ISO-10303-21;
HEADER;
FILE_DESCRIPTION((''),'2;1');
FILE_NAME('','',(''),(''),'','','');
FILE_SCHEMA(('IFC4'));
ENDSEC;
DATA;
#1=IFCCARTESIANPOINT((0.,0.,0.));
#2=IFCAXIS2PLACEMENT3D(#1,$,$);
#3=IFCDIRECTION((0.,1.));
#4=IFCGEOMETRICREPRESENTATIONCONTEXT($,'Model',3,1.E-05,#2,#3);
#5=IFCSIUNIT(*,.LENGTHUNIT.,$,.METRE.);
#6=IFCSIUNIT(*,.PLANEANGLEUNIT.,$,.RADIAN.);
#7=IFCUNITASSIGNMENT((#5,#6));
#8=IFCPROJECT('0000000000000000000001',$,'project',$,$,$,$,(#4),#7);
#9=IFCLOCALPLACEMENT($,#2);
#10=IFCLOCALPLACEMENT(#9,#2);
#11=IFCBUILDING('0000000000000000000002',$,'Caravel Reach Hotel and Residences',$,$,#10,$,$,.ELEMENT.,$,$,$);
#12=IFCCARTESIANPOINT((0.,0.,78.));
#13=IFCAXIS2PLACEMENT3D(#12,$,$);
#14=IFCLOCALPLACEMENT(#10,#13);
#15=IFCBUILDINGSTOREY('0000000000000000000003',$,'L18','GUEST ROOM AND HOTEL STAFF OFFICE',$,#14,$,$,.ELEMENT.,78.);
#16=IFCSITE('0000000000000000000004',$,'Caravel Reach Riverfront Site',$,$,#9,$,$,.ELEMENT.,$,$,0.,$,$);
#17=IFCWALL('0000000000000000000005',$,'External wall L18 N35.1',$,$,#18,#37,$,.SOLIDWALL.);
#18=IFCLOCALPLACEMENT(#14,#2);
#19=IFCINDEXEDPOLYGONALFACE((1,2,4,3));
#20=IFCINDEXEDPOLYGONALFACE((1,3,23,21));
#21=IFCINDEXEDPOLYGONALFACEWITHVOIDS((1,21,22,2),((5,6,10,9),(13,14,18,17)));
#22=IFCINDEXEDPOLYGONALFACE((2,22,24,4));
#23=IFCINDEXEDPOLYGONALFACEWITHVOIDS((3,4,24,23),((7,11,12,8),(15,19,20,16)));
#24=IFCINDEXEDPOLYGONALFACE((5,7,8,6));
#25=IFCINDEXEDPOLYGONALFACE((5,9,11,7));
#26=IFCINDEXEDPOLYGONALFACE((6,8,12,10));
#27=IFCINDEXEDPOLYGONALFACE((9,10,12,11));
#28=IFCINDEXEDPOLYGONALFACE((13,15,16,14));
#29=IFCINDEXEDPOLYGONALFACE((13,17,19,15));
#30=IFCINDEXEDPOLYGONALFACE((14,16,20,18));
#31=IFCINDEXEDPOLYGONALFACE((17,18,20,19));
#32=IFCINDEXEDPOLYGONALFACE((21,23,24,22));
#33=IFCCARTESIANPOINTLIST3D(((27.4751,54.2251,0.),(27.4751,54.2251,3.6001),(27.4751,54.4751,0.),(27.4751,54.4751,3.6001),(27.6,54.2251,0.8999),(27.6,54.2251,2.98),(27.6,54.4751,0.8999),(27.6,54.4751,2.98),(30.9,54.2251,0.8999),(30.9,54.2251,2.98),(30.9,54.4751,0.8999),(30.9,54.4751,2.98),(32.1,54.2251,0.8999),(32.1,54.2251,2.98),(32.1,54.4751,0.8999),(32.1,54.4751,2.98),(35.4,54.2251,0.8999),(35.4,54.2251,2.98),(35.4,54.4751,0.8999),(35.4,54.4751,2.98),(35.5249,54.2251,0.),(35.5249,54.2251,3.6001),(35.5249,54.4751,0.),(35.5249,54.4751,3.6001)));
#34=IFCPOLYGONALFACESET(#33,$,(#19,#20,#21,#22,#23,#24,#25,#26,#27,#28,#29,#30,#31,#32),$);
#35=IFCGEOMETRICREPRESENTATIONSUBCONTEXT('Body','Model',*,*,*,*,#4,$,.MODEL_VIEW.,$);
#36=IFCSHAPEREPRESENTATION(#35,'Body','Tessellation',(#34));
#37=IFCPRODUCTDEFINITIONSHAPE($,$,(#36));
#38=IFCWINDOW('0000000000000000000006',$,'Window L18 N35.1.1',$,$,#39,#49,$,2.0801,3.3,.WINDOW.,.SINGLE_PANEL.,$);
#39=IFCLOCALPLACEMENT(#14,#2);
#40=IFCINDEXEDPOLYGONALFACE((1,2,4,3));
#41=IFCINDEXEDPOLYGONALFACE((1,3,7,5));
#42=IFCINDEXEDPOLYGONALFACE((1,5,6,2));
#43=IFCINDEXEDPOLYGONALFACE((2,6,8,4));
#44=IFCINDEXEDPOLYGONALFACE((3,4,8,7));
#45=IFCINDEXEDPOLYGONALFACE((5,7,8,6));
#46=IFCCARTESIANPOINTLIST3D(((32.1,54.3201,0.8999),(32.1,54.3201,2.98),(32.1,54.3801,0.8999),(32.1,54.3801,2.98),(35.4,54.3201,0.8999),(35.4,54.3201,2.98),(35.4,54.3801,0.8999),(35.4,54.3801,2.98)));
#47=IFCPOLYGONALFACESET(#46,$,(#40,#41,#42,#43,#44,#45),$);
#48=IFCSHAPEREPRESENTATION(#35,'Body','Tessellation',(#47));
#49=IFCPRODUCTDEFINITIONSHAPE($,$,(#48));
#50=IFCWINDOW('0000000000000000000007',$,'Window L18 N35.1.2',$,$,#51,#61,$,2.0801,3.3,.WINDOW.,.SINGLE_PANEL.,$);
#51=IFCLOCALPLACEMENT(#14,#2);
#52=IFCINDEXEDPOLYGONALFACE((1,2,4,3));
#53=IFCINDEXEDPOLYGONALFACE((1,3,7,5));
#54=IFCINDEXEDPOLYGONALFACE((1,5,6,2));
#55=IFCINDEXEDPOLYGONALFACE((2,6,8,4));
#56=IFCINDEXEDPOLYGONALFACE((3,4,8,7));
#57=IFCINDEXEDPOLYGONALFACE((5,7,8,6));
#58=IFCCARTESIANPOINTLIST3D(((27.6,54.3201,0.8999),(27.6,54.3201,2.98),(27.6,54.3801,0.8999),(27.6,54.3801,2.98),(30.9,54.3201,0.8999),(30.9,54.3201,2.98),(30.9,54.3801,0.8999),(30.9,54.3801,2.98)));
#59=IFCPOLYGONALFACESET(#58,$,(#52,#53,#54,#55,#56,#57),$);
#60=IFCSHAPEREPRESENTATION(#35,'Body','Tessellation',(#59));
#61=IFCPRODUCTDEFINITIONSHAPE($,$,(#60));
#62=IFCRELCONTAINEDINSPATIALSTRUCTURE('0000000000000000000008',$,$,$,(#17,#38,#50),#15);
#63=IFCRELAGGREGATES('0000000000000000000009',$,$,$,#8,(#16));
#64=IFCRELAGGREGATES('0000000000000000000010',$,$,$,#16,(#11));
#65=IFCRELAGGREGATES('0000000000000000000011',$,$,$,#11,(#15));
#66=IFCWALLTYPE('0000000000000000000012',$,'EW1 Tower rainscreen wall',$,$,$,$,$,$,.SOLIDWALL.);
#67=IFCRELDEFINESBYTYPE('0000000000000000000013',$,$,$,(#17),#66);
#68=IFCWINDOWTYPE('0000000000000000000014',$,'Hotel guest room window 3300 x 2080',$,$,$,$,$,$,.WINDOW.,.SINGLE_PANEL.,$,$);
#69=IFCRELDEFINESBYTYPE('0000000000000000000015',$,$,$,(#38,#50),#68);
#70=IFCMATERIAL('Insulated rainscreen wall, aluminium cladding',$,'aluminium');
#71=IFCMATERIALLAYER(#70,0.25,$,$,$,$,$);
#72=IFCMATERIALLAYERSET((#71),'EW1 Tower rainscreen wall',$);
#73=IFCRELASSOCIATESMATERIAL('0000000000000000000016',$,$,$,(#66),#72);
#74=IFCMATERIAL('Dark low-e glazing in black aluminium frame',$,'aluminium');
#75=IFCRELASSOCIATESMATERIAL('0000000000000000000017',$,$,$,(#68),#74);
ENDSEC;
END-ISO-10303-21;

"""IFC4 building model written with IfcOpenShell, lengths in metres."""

from ifc_helpers import new_model, si_unit, direction, frame, frame_2d, origin, place, context, subcontext, project, spatial, rectangle, extrude, material, layer, layer_set, type_object, element, fill, save


model = new_model("IFC4")

# Units and contexts
model_context = context("Model", 3, precision=1e-05, world=origin(), true_north=direction((0.0, 1.0)))
body_context = subcontext(model_context, "Body", "Model", "MODEL_VIEW")
ifc_project = project(units=[si_unit("LENGTHUNIT", "METRE"), si_unit("PLANEANGLEUNIT", "RADIAN")], contexts=[model_context])

# Site, building, storey
site_placement = place(None, origin())
site = spatial("IfcSite", under=ifc_project, at=site_placement, Name="Caravel Reach Riverfront Site", CompositionType="ELEMENT", RefElevation=0.0)
building_placement = place(site_placement, origin())
building = spatial("IfcBuilding", under=site, at=building_placement, Name="Caravel Reach Hotel and Residences", CompositionType="ELEMENT")
storey_placement = place(building_placement, frame((0.0, 0.0, 78.0)))
storey = spatial("IfcBuildingStorey", under=building, at=storey_placement, Name="L18", Description="GUEST ROOM AND HOTEL STAFF OFFICE", CompositionType="ELEMENT", Elevation=78.0)

# Shared definitions
ifc_material_1 = material(Name="Insulated rainscreen wall, aluminium cladding", Category="aluminium")
ifc_layer = layer(ifc_material_1, 0.25)
ifc_layer_set = layer_set([ifc_layer], Name="EW1 Tower rainscreen wall")
wall_type = type_object("IfcWallType", Name="EW1 Tower rainscreen wall", PredefinedType="SOLIDWALL", material=ifc_layer_set)

# Wall, openings, windows
wall_1_placement = place(storey_placement, frame((35.5249, 54.3501, 0.0), z_axis=(0.0, 0.0, 1.0), x_axis=(-1.0, 0.0, 0.0)))
wall_1 = element("IfcWall", 1, at=wall_1_placement, inside=storey, type_object=wall_type, Name="External wall L18 N35.1", PredefinedType="SOLIDWALL", context=body_context, shape_type="SweptSolid", body=[
    extrude(rectangle(XDim=8.0498, YDim=0.25, at=frame_2d((4.0249, 0.0))), origin(), (0.0, 0.0, 1.0), 3.6001),
])
opening_1_placement = place(wall_1_placement, frame((0.125, 0.0, 0.8999)))
opening_1 = element("IfcOpeningElement", 2, at=opening_1_placement, cuts=wall_1, PredefinedType="OPENING", context=body_context, shape_type="SweptSolid", body=[
    extrude(rectangle(XDim=3.3, YDim=2.0801, at=frame_2d((1.6499, 1.04))), frame((0.0, 0.135, 0.0), z_axis=(0.0, -1.0, 0.0), x_axis=(1.0, 0.0, 0.0)), (0.0, 0.0, 1.0), 0.27),
])
opening_2_placement = place(wall_1_placement, frame((4.625, 0.0, 0.8999)))
opening_2 = element("IfcOpeningElement", 3, at=opening_2_placement, cuts=wall_1, PredefinedType="OPENING", context=body_context, shape_type="SweptSolid", body=[
    extrude(rectangle(XDim=3.3, YDim=2.0801, at=frame_2d((1.6499, 1.04))), frame((0.0, 0.135, 0.0), z_axis=(0.0, -1.0, 0.0), x_axis=(1.0, 0.0, 0.0)), (0.0, 0.0, 1.0), 0.27),
])
ifc_material_2 = material(Name="Dark low-e glazing in black aluminium frame", Category="aluminium")
window_type_1 = type_object("IfcWindowType", Name="Hotel guest room window 3300 x 2080", PartitioningType="SINGLE_PANEL", PredefinedType="WINDOW", material=ifc_material_2)
window_1_placement = place(opening_1_placement, origin())
window_1 = element("IfcWindow", 4, at=window_1_placement, inside=storey, type_object=window_type_1, Name="Window L18 N35.1.1", OverallHeight=2.0801, OverallWidth=3.3, PartitioningType="SINGLE_PANEL", PredefinedType="WINDOW", context=body_context, shape_type="SweptSolid", body=[
    extrude(rectangle(XDim=3.3, YDim=2.0801, at=frame_2d((1.6499, 1.04))), frame((0.0, 0.03, 0.0), z_axis=(0.0, -1.0, 0.0), x_axis=(1.0, 0.0, 0.0)), (0.0, 0.0, 1.0), 0.0601),
])
fill(opening_1, window_1)
window_2_placement = place(opening_2_placement, origin())
window_2 = element("IfcWindow", 5, at=window_2_placement, inside=storey, type_object=window_type_1, Name="Window L18 N35.1.2", OverallHeight=2.0801, OverallWidth=3.3, PartitioningType="SINGLE_PANEL", PredefinedType="WINDOW", context=body_context, shape_type="SweptSolid", body=[
    extrude(rectangle(XDim=3.3, YDim=2.0801, at=frame_2d((1.6499, 1.04))), frame((0.0, 0.03, 0.0), z_axis=(0.0, -1.0, 0.0), x_axis=(1.0, 0.0, 0.0)), (0.0, 0.0, 1.0), 0.0601),
])
fill(opening_2, window_2)

save(model, "model.ifc")
